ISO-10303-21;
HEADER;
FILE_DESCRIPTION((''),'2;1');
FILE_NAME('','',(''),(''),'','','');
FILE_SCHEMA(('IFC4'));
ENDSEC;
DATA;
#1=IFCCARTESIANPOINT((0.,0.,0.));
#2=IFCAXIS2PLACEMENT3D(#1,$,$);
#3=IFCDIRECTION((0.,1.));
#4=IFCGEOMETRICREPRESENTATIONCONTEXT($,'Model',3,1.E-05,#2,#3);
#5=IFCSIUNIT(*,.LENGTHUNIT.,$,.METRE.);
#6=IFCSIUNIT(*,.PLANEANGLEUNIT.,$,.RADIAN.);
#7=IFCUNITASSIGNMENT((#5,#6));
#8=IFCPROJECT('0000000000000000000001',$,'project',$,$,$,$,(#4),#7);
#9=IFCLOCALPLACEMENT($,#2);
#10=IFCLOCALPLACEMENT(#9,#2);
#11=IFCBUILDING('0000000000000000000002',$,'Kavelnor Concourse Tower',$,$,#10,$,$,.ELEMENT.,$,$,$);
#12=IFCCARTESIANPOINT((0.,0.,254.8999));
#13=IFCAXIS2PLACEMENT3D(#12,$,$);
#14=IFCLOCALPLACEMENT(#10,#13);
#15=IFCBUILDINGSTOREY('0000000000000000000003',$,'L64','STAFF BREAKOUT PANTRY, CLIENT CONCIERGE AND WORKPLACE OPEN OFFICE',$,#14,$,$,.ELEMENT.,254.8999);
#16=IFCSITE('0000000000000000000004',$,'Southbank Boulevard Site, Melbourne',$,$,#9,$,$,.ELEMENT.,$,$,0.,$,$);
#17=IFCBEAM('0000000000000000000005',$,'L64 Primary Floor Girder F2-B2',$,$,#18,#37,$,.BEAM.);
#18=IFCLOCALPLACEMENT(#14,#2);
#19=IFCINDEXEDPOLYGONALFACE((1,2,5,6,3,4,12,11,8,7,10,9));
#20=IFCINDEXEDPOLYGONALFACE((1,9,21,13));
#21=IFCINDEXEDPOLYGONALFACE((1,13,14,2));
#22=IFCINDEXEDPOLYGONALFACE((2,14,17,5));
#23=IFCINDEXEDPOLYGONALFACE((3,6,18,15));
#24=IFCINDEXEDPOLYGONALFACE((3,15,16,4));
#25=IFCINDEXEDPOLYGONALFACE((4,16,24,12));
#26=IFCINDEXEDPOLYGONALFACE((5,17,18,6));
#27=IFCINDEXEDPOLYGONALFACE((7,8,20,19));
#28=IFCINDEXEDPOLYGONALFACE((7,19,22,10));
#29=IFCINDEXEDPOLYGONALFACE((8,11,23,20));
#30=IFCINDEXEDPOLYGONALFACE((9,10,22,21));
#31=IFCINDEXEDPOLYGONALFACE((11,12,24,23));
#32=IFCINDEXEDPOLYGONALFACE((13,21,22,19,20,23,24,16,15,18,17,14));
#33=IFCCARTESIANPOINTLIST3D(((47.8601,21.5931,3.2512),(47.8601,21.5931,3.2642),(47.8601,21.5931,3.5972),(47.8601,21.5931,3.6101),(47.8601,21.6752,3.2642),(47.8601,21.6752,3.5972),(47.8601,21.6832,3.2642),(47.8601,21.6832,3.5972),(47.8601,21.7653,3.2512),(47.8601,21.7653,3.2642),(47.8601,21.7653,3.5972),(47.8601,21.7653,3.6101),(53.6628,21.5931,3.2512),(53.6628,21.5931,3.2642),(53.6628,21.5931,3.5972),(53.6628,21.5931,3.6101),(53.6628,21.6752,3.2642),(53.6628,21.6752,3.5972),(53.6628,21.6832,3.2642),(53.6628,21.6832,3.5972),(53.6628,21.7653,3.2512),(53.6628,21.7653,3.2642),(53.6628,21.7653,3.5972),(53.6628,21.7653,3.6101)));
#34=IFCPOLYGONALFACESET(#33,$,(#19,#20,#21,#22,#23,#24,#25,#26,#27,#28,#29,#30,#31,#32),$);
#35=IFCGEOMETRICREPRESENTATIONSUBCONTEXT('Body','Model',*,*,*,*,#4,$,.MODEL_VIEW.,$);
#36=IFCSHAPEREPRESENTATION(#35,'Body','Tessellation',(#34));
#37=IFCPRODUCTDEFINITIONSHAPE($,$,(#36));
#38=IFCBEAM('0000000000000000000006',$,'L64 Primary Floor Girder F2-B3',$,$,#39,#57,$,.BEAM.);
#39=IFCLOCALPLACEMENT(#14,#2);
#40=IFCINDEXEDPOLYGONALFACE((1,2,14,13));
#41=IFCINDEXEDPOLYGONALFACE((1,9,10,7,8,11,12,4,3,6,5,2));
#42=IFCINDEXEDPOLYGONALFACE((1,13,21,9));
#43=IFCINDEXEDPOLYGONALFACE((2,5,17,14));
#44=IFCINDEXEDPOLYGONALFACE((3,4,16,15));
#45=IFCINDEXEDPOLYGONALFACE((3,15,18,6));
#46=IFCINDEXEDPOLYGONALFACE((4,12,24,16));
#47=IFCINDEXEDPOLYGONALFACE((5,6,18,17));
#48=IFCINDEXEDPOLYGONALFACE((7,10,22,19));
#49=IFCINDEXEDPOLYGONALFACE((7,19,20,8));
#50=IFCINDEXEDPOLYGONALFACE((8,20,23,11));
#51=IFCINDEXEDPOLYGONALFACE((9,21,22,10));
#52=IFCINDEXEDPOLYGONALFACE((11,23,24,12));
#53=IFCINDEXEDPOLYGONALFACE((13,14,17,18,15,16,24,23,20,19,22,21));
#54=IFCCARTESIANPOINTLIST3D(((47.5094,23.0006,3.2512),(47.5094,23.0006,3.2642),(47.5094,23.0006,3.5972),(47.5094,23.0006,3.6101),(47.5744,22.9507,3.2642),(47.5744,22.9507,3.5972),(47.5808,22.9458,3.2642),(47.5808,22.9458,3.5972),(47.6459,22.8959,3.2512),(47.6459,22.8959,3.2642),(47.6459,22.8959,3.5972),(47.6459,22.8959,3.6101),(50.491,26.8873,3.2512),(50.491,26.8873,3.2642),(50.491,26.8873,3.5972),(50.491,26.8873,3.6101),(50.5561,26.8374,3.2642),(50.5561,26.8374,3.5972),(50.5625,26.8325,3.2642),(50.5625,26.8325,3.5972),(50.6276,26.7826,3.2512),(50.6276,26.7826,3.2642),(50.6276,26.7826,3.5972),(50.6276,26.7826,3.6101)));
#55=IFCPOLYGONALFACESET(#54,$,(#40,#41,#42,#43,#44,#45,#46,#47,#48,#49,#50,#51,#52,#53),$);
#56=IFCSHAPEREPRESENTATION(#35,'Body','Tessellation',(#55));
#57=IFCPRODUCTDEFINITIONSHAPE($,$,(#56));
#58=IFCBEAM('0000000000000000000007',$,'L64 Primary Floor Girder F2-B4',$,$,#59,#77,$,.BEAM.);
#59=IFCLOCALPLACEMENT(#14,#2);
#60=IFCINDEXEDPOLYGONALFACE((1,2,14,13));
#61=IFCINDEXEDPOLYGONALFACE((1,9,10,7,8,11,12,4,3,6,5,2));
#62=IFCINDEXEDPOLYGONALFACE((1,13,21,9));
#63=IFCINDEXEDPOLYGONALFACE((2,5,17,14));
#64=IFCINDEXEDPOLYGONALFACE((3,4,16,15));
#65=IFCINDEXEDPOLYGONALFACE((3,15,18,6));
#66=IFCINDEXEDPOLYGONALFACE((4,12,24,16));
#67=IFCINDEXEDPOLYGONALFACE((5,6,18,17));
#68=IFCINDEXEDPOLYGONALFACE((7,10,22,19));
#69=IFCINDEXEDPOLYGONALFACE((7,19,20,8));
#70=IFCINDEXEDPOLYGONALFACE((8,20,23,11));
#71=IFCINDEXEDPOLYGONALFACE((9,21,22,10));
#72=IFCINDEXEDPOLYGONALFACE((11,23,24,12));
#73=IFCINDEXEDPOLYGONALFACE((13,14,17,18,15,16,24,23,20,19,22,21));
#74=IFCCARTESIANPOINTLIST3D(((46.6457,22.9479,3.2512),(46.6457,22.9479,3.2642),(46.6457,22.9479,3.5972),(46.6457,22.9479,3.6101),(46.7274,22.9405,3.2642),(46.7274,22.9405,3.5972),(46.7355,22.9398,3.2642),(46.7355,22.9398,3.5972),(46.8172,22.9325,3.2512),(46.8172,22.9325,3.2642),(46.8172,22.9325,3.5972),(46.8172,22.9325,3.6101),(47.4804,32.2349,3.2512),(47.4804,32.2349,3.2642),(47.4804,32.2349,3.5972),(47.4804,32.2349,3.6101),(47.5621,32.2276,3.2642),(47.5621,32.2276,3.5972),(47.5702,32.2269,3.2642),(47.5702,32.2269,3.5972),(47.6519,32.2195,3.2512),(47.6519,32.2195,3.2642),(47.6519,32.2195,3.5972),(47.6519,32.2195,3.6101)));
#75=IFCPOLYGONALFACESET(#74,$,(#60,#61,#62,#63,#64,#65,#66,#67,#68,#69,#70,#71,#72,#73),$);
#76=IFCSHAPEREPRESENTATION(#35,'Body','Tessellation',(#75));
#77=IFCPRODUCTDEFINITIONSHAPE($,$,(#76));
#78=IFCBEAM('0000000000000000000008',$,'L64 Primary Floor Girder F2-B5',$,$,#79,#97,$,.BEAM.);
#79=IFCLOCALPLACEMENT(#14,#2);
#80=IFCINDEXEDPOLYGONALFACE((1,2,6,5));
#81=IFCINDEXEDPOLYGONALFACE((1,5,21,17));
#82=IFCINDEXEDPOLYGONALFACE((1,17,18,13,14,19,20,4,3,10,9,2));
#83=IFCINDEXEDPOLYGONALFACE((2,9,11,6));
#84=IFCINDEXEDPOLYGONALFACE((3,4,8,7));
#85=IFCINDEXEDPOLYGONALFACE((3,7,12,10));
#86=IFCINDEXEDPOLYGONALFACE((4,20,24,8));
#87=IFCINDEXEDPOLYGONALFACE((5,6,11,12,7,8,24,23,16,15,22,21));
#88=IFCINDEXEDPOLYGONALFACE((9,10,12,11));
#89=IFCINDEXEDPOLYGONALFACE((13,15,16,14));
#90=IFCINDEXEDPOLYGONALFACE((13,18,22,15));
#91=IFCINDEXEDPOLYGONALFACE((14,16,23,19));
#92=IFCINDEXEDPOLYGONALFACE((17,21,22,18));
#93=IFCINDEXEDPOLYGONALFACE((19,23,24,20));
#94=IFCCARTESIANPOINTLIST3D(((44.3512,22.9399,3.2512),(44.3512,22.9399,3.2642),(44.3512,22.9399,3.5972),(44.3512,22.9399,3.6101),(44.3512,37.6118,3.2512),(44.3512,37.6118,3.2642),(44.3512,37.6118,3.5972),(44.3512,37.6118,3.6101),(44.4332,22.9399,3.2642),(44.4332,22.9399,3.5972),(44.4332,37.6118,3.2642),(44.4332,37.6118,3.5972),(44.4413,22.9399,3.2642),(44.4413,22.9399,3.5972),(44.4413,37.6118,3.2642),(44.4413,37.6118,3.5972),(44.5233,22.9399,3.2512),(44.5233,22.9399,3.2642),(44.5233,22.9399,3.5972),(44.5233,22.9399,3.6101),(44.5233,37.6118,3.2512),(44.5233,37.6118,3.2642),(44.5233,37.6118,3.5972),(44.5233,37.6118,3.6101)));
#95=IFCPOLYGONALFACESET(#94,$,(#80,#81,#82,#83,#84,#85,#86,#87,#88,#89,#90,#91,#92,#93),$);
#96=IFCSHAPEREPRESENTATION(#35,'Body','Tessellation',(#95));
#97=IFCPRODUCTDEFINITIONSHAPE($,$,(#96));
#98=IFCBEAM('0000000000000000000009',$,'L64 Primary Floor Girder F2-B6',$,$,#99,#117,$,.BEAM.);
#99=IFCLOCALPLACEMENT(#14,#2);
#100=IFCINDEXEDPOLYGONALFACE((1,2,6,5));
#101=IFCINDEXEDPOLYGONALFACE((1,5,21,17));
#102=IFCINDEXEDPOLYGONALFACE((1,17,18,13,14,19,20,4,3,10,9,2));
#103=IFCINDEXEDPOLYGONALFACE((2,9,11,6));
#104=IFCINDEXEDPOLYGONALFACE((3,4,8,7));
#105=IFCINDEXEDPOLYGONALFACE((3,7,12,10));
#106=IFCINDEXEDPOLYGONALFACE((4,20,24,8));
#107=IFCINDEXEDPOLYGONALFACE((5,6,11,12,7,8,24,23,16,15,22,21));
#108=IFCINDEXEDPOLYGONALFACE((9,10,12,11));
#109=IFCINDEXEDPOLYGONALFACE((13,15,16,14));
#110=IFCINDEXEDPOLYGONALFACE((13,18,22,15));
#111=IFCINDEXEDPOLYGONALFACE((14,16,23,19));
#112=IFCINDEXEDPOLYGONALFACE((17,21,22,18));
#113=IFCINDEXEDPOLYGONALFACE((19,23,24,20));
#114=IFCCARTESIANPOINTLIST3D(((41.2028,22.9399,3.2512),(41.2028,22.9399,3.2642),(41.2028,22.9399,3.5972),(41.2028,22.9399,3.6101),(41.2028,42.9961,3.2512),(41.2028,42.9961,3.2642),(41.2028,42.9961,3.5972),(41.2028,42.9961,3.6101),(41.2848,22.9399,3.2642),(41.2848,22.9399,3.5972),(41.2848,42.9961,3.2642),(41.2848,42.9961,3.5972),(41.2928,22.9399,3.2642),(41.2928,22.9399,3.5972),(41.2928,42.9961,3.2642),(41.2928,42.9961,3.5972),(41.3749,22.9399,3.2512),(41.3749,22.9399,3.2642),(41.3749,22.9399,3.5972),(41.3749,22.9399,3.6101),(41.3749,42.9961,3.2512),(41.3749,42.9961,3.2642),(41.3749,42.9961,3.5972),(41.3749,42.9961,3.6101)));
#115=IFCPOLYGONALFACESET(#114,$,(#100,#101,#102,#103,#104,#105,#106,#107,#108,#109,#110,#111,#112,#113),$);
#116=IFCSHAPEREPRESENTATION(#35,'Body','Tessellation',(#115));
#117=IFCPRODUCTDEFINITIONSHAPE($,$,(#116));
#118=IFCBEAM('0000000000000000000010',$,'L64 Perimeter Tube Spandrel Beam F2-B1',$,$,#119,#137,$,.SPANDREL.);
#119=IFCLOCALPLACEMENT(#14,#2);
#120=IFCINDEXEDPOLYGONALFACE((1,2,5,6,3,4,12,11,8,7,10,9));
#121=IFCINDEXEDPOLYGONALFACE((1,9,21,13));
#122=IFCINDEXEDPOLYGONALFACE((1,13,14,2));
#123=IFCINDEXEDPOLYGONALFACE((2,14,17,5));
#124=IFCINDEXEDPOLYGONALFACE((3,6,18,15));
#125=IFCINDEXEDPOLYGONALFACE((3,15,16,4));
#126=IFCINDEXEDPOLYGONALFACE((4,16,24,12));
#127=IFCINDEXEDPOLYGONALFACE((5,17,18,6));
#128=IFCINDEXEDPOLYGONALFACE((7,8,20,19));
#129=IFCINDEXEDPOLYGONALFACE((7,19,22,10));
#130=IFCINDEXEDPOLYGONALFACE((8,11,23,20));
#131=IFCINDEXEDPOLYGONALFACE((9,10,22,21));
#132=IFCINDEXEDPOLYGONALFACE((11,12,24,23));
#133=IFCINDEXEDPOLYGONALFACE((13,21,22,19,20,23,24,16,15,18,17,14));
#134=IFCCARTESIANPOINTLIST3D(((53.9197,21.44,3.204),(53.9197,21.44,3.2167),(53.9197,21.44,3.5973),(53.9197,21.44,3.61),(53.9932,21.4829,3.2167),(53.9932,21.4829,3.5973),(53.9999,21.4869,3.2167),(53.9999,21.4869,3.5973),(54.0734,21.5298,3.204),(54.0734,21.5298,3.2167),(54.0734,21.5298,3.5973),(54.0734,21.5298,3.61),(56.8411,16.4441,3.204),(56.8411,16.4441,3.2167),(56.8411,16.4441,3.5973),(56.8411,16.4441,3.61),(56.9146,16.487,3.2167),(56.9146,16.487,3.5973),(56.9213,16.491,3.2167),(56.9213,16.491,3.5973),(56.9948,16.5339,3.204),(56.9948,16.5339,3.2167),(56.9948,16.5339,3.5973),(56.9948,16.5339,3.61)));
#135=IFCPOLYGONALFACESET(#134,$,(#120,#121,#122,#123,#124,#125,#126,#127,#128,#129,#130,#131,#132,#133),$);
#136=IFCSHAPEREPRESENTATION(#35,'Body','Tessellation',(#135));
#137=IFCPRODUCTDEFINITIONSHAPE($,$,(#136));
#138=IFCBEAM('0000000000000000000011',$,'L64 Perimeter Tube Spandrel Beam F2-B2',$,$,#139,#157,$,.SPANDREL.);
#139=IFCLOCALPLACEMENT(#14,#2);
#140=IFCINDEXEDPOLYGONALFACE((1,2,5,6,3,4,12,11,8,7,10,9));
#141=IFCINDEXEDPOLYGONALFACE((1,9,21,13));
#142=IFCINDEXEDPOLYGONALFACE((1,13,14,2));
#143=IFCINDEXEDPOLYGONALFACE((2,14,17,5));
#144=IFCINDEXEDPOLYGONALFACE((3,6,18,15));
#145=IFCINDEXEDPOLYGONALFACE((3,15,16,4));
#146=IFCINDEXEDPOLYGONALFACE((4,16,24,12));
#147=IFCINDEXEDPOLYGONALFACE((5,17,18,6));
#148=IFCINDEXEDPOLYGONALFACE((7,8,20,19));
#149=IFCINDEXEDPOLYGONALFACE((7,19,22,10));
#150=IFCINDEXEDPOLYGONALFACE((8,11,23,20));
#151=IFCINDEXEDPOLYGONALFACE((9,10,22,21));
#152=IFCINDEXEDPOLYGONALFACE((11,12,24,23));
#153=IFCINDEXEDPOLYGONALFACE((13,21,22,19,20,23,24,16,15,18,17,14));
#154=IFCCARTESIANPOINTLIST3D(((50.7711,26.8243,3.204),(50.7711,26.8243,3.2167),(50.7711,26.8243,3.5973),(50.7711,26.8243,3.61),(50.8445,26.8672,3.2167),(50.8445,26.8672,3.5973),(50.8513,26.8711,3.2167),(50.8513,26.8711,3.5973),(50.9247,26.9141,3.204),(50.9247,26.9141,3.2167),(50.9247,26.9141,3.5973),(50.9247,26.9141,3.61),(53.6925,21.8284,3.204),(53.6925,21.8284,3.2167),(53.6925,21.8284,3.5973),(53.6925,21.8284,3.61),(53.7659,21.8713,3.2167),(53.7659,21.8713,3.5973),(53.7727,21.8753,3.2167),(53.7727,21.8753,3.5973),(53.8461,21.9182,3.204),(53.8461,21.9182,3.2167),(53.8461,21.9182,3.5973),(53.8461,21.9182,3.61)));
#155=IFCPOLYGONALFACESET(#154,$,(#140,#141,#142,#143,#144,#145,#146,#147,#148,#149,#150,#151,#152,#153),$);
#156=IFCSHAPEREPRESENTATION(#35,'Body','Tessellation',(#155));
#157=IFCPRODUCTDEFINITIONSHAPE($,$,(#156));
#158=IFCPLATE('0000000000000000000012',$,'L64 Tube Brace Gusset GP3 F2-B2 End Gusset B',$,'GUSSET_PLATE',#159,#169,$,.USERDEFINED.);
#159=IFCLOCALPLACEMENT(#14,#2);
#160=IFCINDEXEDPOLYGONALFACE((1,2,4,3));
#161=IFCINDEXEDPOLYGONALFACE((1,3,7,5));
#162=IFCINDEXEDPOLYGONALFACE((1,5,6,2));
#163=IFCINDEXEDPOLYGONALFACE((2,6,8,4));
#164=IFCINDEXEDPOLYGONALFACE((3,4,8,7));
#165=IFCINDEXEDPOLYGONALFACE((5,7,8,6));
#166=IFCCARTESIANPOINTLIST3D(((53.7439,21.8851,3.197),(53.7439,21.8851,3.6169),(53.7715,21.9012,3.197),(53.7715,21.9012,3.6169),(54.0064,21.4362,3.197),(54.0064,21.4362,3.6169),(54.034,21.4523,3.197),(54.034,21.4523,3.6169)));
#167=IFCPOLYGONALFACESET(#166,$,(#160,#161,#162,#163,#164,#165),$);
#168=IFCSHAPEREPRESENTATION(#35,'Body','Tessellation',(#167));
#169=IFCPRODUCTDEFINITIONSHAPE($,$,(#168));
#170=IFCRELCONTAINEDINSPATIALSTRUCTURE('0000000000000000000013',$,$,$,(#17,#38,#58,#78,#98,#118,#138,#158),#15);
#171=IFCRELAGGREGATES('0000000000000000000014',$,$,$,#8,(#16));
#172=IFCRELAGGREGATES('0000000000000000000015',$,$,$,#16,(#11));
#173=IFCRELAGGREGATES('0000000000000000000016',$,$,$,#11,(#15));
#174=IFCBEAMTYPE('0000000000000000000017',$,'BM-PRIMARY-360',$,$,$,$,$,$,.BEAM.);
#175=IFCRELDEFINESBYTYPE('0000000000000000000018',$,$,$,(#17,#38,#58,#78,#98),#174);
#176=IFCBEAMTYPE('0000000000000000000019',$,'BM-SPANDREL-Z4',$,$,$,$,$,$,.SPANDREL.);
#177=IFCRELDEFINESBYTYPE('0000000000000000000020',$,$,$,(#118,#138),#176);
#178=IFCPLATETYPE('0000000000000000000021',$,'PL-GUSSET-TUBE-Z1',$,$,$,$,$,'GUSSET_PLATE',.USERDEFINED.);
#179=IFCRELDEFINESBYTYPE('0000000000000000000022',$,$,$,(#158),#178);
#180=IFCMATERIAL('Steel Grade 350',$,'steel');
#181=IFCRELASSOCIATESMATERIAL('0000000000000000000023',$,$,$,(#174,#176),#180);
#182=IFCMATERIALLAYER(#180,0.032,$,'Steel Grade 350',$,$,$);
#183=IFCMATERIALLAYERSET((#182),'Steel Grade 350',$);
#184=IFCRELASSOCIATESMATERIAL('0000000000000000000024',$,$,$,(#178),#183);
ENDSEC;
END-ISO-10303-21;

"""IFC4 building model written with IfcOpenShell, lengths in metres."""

from ifc_helpers import new_model, si_unit, direction, frame, origin, origin_2d, place, context, subcontext, project, spatial, rectangle, i_section, extrude, material, layer, layer_set, material_profile, profile_set, type_object, element, save


model = new_model("IFC4")

# Units and contexts
model_context = context("Model", 3, precision=1e-05, world=origin(), true_north=direction((0.0, 1.0)))
body_context = subcontext(model_context, "Body", "Model", "MODEL_VIEW")
ifc_project = project(units=[si_unit("LENGTHUNIT", "METRE"), si_unit("PLANEANGLEUNIT", "RADIAN")], contexts=[model_context])

# Site, building, storey
site_placement = place(None, origin())
site = spatial("IfcSite", under=ifc_project, at=site_placement, Name="Southbank Boulevard Site, Melbourne", CompositionType="ELEMENT", RefElevation=0.0)
building_placement = place(site_placement, origin())
building = spatial("IfcBuilding", under=site, at=building_placement, Name="Kavelnor Concourse Tower", CompositionType="ELEMENT")
storey_placement = place(building_placement, frame((0.0, 0.0, 254.8999)))
storey = spatial("IfcBuildingStorey", under=building, at=storey_placement, Name="L64", Description="STAFF BREAKOUT PANTRY, CLIENT CONCIERGE AND WORKPLACE OPEN OFFICE", CompositionType="ELEMENT", Elevation=254.8999)

# Shared definitions
ifc_material_1 = material(Name="Steel Grade 350", Category="steel")

# Beams
ifc_material_profile_1 = material_profile(ifc_material_1, i_section(OverallWidth=0.1721, OverallDepth=0.3589, WebThickness=0.0081, FlangeThickness=0.0129, at=origin_2d()), Name="360UB56")
ifc_profile_set_1 = profile_set([ifc_material_profile_1], Name="Steel Grade 350")
beam_type_1 = type_object("IfcBeamType", Name="BM-PRIMARY-360", PredefinedType="BEAM", material=ifc_profile_set_1)
beam_1_placement = place(storey_placement, frame((47.8601, 21.6792, 3.4307), z_axis=(1.0, 0.0, 0.0), x_axis=(0.0, 1.0, 0.0)))
element("IfcBeam", 1, at=beam_1_placement, inside=storey, type_object=beam_type_1, Name="L64 Primary Floor Girder F2-B2", PredefinedType="BEAM", context=body_context, shape_type="SweptSolid", body=[
    extrude(i_section(OverallWidth=0.1721, OverallDepth=0.3589, WebThickness=0.0081, FlangeThickness=0.0129, at=origin_2d()), origin(), (0.0, 0.0, 1.0), 5.8027),
])
beam_2_placement = place(storey_placement, frame((47.5776, 22.9482, 3.4307), z_axis=(0.608672, 0.793422, 0.0), x_axis=(-0.793422, 0.608672, 0.0)))
element("IfcBeam", 2, at=beam_2_placement, inside=storey, type_object=beam_type_1, Name="L64 Primary Floor Girder F2-B3", PredefinedType="BEAM", context=body_context, shape_type="SweptSolid", body=[
    extrude(i_section(OverallWidth=0.1721, OverallDepth=0.3589, WebThickness=0.0081, FlangeThickness=0.0129, at=origin_2d()), origin(), (0.0, 0.0, 1.0), 4.8987),
])
beam_3_placement = place(storey_placement, frame((46.7314, 22.9402, 3.4307), z_axis=(0.089518, 0.995985, 0.0), x_axis=(-0.995985, 0.089518, 0.0)))
element("IfcBeam", 3, at=beam_3_placement, inside=storey, type_object=beam_type_1, Name="L64 Primary Floor Girder F2-B4", PredefinedType="BEAM", context=body_context, shape_type="SweptSolid", body=[
    extrude(i_section(OverallWidth=0.1721, OverallDepth=0.3589, WebThickness=0.0081, FlangeThickness=0.0129, at=origin_2d()), origin(), (0.0, 0.0, 1.0), 9.3245),
])
beam_4_placement = place(storey_placement, frame((44.4373, 22.9399, 3.4307), z_axis=(0.0, 1.0, 0.0), x_axis=(-1.0, 0.0, 0.0)))
element("IfcBeam", 4, at=beam_4_placement, inside=storey, type_object=beam_type_1, Name="L64 Primary Floor Girder F2-B5", PredefinedType="BEAM", context=body_context, shape_type="SweptSolid", body=[
    extrude(i_section(OverallWidth=0.1721, OverallDepth=0.3589, WebThickness=0.0081, FlangeThickness=0.0129, at=origin_2d()), origin(), (0.0, 0.0, 1.0), 14.6719),
])
beam_5_placement = place(storey_placement, frame((41.2888, 22.9399, 3.4307), z_axis=(0.0, 1.0, 0.0), x_axis=(-1.0, 0.0, 0.0)))
element("IfcBeam", 5, at=beam_5_placement, inside=storey, type_object=beam_type_1, Name="L64 Primary Floor Girder F2-B6", PredefinedType="BEAM", context=body_context, shape_type="SweptSolid", body=[
    extrude(i_section(OverallWidth=0.1721, OverallDepth=0.3589, WebThickness=0.0081, FlangeThickness=0.0129, at=origin_2d()), origin(), (0.0, 0.0, 1.0), 20.0562),
])
ifc_material_profile_2 = material_profile(ifc_material_1, i_section(OverallWidth=0.178, OverallDepth=0.406, WebThickness=0.0078, FlangeThickness=0.0127, at=origin_2d()), Name="410UB59")
ifc_profile_set_2 = profile_set([ifc_material_profile_2], Name="Steel Grade 350")
beam_type_2 = type_object("IfcBeamType", Name="BM-SPANDREL-Z4", PredefinedType="SPANDREL", material=ifc_profile_set_2)
for number, where, z_axis, x_axis, name in (
    (6, (56.918, 16.489, 3.407), (-0.504791, 0.863241, 0.0), (-0.863241, -0.504791, 0.0), "L64 Perimeter Tube Spandrel Beam F2-B1"),
    (7, (53.7693, 21.8733, 3.407), (-0.504791, 0.863241, 0.0), (-0.863241, -0.504791, 0.0), "L64 Perimeter Tube Spandrel Beam F2-B2"),
):
    element("IfcBeam", number, at=place(storey_placement, frame(where, z_axis=z_axis, x_axis=x_axis)), inside=storey, type_object=beam_type_2, Name=name, PredefinedType="SPANDREL", context=body_context, shape_type="SweptSolid", body=[
        extrude(i_section(OverallWidth=0.178, OverallDepth=0.406, WebThickness=0.0078, FlangeThickness=0.0127, at=origin_2d()), origin(), (0.0, 0.0, 1.0), 5.7874),
    ])

# Plate
ifc_layer_1 = layer(ifc_material_1, 0.032, Name="Steel Grade 350")
ifc_layer_set_1 = layer_set([ifc_layer_1], Name="Steel Grade 350")
plate_type = type_object("IfcPlateType", Name="PL-GUSSET-TUBE-Z1", ElementType="GUSSET_PLATE", PredefinedType="USERDEFINED", material=ifc_layer_set_1)
plate_placement = place(storey_placement, frame((53.8889, 21.6687, 3.197), z_axis=(0.0, 0.0, 1.0), x_axis=(0.504829, -0.863219, 0.0)))
element("IfcPlate", 8, at=plate_placement, inside=storey, type_object=plate_type, Name="L64 Tube Brace Gusset GP3 F2-B2 End Gusset B", ObjectType="GUSSET_PLATE", PredefinedType="USERDEFINED", context=body_context, shape_type="SweptSolid", body=[
    extrude(rectangle(XDim=0.52, YDim=0.032, at=origin_2d()), origin(), (0.0, 0.0, 1.0), 0.4199),
])

save(model, "model.ifc")
